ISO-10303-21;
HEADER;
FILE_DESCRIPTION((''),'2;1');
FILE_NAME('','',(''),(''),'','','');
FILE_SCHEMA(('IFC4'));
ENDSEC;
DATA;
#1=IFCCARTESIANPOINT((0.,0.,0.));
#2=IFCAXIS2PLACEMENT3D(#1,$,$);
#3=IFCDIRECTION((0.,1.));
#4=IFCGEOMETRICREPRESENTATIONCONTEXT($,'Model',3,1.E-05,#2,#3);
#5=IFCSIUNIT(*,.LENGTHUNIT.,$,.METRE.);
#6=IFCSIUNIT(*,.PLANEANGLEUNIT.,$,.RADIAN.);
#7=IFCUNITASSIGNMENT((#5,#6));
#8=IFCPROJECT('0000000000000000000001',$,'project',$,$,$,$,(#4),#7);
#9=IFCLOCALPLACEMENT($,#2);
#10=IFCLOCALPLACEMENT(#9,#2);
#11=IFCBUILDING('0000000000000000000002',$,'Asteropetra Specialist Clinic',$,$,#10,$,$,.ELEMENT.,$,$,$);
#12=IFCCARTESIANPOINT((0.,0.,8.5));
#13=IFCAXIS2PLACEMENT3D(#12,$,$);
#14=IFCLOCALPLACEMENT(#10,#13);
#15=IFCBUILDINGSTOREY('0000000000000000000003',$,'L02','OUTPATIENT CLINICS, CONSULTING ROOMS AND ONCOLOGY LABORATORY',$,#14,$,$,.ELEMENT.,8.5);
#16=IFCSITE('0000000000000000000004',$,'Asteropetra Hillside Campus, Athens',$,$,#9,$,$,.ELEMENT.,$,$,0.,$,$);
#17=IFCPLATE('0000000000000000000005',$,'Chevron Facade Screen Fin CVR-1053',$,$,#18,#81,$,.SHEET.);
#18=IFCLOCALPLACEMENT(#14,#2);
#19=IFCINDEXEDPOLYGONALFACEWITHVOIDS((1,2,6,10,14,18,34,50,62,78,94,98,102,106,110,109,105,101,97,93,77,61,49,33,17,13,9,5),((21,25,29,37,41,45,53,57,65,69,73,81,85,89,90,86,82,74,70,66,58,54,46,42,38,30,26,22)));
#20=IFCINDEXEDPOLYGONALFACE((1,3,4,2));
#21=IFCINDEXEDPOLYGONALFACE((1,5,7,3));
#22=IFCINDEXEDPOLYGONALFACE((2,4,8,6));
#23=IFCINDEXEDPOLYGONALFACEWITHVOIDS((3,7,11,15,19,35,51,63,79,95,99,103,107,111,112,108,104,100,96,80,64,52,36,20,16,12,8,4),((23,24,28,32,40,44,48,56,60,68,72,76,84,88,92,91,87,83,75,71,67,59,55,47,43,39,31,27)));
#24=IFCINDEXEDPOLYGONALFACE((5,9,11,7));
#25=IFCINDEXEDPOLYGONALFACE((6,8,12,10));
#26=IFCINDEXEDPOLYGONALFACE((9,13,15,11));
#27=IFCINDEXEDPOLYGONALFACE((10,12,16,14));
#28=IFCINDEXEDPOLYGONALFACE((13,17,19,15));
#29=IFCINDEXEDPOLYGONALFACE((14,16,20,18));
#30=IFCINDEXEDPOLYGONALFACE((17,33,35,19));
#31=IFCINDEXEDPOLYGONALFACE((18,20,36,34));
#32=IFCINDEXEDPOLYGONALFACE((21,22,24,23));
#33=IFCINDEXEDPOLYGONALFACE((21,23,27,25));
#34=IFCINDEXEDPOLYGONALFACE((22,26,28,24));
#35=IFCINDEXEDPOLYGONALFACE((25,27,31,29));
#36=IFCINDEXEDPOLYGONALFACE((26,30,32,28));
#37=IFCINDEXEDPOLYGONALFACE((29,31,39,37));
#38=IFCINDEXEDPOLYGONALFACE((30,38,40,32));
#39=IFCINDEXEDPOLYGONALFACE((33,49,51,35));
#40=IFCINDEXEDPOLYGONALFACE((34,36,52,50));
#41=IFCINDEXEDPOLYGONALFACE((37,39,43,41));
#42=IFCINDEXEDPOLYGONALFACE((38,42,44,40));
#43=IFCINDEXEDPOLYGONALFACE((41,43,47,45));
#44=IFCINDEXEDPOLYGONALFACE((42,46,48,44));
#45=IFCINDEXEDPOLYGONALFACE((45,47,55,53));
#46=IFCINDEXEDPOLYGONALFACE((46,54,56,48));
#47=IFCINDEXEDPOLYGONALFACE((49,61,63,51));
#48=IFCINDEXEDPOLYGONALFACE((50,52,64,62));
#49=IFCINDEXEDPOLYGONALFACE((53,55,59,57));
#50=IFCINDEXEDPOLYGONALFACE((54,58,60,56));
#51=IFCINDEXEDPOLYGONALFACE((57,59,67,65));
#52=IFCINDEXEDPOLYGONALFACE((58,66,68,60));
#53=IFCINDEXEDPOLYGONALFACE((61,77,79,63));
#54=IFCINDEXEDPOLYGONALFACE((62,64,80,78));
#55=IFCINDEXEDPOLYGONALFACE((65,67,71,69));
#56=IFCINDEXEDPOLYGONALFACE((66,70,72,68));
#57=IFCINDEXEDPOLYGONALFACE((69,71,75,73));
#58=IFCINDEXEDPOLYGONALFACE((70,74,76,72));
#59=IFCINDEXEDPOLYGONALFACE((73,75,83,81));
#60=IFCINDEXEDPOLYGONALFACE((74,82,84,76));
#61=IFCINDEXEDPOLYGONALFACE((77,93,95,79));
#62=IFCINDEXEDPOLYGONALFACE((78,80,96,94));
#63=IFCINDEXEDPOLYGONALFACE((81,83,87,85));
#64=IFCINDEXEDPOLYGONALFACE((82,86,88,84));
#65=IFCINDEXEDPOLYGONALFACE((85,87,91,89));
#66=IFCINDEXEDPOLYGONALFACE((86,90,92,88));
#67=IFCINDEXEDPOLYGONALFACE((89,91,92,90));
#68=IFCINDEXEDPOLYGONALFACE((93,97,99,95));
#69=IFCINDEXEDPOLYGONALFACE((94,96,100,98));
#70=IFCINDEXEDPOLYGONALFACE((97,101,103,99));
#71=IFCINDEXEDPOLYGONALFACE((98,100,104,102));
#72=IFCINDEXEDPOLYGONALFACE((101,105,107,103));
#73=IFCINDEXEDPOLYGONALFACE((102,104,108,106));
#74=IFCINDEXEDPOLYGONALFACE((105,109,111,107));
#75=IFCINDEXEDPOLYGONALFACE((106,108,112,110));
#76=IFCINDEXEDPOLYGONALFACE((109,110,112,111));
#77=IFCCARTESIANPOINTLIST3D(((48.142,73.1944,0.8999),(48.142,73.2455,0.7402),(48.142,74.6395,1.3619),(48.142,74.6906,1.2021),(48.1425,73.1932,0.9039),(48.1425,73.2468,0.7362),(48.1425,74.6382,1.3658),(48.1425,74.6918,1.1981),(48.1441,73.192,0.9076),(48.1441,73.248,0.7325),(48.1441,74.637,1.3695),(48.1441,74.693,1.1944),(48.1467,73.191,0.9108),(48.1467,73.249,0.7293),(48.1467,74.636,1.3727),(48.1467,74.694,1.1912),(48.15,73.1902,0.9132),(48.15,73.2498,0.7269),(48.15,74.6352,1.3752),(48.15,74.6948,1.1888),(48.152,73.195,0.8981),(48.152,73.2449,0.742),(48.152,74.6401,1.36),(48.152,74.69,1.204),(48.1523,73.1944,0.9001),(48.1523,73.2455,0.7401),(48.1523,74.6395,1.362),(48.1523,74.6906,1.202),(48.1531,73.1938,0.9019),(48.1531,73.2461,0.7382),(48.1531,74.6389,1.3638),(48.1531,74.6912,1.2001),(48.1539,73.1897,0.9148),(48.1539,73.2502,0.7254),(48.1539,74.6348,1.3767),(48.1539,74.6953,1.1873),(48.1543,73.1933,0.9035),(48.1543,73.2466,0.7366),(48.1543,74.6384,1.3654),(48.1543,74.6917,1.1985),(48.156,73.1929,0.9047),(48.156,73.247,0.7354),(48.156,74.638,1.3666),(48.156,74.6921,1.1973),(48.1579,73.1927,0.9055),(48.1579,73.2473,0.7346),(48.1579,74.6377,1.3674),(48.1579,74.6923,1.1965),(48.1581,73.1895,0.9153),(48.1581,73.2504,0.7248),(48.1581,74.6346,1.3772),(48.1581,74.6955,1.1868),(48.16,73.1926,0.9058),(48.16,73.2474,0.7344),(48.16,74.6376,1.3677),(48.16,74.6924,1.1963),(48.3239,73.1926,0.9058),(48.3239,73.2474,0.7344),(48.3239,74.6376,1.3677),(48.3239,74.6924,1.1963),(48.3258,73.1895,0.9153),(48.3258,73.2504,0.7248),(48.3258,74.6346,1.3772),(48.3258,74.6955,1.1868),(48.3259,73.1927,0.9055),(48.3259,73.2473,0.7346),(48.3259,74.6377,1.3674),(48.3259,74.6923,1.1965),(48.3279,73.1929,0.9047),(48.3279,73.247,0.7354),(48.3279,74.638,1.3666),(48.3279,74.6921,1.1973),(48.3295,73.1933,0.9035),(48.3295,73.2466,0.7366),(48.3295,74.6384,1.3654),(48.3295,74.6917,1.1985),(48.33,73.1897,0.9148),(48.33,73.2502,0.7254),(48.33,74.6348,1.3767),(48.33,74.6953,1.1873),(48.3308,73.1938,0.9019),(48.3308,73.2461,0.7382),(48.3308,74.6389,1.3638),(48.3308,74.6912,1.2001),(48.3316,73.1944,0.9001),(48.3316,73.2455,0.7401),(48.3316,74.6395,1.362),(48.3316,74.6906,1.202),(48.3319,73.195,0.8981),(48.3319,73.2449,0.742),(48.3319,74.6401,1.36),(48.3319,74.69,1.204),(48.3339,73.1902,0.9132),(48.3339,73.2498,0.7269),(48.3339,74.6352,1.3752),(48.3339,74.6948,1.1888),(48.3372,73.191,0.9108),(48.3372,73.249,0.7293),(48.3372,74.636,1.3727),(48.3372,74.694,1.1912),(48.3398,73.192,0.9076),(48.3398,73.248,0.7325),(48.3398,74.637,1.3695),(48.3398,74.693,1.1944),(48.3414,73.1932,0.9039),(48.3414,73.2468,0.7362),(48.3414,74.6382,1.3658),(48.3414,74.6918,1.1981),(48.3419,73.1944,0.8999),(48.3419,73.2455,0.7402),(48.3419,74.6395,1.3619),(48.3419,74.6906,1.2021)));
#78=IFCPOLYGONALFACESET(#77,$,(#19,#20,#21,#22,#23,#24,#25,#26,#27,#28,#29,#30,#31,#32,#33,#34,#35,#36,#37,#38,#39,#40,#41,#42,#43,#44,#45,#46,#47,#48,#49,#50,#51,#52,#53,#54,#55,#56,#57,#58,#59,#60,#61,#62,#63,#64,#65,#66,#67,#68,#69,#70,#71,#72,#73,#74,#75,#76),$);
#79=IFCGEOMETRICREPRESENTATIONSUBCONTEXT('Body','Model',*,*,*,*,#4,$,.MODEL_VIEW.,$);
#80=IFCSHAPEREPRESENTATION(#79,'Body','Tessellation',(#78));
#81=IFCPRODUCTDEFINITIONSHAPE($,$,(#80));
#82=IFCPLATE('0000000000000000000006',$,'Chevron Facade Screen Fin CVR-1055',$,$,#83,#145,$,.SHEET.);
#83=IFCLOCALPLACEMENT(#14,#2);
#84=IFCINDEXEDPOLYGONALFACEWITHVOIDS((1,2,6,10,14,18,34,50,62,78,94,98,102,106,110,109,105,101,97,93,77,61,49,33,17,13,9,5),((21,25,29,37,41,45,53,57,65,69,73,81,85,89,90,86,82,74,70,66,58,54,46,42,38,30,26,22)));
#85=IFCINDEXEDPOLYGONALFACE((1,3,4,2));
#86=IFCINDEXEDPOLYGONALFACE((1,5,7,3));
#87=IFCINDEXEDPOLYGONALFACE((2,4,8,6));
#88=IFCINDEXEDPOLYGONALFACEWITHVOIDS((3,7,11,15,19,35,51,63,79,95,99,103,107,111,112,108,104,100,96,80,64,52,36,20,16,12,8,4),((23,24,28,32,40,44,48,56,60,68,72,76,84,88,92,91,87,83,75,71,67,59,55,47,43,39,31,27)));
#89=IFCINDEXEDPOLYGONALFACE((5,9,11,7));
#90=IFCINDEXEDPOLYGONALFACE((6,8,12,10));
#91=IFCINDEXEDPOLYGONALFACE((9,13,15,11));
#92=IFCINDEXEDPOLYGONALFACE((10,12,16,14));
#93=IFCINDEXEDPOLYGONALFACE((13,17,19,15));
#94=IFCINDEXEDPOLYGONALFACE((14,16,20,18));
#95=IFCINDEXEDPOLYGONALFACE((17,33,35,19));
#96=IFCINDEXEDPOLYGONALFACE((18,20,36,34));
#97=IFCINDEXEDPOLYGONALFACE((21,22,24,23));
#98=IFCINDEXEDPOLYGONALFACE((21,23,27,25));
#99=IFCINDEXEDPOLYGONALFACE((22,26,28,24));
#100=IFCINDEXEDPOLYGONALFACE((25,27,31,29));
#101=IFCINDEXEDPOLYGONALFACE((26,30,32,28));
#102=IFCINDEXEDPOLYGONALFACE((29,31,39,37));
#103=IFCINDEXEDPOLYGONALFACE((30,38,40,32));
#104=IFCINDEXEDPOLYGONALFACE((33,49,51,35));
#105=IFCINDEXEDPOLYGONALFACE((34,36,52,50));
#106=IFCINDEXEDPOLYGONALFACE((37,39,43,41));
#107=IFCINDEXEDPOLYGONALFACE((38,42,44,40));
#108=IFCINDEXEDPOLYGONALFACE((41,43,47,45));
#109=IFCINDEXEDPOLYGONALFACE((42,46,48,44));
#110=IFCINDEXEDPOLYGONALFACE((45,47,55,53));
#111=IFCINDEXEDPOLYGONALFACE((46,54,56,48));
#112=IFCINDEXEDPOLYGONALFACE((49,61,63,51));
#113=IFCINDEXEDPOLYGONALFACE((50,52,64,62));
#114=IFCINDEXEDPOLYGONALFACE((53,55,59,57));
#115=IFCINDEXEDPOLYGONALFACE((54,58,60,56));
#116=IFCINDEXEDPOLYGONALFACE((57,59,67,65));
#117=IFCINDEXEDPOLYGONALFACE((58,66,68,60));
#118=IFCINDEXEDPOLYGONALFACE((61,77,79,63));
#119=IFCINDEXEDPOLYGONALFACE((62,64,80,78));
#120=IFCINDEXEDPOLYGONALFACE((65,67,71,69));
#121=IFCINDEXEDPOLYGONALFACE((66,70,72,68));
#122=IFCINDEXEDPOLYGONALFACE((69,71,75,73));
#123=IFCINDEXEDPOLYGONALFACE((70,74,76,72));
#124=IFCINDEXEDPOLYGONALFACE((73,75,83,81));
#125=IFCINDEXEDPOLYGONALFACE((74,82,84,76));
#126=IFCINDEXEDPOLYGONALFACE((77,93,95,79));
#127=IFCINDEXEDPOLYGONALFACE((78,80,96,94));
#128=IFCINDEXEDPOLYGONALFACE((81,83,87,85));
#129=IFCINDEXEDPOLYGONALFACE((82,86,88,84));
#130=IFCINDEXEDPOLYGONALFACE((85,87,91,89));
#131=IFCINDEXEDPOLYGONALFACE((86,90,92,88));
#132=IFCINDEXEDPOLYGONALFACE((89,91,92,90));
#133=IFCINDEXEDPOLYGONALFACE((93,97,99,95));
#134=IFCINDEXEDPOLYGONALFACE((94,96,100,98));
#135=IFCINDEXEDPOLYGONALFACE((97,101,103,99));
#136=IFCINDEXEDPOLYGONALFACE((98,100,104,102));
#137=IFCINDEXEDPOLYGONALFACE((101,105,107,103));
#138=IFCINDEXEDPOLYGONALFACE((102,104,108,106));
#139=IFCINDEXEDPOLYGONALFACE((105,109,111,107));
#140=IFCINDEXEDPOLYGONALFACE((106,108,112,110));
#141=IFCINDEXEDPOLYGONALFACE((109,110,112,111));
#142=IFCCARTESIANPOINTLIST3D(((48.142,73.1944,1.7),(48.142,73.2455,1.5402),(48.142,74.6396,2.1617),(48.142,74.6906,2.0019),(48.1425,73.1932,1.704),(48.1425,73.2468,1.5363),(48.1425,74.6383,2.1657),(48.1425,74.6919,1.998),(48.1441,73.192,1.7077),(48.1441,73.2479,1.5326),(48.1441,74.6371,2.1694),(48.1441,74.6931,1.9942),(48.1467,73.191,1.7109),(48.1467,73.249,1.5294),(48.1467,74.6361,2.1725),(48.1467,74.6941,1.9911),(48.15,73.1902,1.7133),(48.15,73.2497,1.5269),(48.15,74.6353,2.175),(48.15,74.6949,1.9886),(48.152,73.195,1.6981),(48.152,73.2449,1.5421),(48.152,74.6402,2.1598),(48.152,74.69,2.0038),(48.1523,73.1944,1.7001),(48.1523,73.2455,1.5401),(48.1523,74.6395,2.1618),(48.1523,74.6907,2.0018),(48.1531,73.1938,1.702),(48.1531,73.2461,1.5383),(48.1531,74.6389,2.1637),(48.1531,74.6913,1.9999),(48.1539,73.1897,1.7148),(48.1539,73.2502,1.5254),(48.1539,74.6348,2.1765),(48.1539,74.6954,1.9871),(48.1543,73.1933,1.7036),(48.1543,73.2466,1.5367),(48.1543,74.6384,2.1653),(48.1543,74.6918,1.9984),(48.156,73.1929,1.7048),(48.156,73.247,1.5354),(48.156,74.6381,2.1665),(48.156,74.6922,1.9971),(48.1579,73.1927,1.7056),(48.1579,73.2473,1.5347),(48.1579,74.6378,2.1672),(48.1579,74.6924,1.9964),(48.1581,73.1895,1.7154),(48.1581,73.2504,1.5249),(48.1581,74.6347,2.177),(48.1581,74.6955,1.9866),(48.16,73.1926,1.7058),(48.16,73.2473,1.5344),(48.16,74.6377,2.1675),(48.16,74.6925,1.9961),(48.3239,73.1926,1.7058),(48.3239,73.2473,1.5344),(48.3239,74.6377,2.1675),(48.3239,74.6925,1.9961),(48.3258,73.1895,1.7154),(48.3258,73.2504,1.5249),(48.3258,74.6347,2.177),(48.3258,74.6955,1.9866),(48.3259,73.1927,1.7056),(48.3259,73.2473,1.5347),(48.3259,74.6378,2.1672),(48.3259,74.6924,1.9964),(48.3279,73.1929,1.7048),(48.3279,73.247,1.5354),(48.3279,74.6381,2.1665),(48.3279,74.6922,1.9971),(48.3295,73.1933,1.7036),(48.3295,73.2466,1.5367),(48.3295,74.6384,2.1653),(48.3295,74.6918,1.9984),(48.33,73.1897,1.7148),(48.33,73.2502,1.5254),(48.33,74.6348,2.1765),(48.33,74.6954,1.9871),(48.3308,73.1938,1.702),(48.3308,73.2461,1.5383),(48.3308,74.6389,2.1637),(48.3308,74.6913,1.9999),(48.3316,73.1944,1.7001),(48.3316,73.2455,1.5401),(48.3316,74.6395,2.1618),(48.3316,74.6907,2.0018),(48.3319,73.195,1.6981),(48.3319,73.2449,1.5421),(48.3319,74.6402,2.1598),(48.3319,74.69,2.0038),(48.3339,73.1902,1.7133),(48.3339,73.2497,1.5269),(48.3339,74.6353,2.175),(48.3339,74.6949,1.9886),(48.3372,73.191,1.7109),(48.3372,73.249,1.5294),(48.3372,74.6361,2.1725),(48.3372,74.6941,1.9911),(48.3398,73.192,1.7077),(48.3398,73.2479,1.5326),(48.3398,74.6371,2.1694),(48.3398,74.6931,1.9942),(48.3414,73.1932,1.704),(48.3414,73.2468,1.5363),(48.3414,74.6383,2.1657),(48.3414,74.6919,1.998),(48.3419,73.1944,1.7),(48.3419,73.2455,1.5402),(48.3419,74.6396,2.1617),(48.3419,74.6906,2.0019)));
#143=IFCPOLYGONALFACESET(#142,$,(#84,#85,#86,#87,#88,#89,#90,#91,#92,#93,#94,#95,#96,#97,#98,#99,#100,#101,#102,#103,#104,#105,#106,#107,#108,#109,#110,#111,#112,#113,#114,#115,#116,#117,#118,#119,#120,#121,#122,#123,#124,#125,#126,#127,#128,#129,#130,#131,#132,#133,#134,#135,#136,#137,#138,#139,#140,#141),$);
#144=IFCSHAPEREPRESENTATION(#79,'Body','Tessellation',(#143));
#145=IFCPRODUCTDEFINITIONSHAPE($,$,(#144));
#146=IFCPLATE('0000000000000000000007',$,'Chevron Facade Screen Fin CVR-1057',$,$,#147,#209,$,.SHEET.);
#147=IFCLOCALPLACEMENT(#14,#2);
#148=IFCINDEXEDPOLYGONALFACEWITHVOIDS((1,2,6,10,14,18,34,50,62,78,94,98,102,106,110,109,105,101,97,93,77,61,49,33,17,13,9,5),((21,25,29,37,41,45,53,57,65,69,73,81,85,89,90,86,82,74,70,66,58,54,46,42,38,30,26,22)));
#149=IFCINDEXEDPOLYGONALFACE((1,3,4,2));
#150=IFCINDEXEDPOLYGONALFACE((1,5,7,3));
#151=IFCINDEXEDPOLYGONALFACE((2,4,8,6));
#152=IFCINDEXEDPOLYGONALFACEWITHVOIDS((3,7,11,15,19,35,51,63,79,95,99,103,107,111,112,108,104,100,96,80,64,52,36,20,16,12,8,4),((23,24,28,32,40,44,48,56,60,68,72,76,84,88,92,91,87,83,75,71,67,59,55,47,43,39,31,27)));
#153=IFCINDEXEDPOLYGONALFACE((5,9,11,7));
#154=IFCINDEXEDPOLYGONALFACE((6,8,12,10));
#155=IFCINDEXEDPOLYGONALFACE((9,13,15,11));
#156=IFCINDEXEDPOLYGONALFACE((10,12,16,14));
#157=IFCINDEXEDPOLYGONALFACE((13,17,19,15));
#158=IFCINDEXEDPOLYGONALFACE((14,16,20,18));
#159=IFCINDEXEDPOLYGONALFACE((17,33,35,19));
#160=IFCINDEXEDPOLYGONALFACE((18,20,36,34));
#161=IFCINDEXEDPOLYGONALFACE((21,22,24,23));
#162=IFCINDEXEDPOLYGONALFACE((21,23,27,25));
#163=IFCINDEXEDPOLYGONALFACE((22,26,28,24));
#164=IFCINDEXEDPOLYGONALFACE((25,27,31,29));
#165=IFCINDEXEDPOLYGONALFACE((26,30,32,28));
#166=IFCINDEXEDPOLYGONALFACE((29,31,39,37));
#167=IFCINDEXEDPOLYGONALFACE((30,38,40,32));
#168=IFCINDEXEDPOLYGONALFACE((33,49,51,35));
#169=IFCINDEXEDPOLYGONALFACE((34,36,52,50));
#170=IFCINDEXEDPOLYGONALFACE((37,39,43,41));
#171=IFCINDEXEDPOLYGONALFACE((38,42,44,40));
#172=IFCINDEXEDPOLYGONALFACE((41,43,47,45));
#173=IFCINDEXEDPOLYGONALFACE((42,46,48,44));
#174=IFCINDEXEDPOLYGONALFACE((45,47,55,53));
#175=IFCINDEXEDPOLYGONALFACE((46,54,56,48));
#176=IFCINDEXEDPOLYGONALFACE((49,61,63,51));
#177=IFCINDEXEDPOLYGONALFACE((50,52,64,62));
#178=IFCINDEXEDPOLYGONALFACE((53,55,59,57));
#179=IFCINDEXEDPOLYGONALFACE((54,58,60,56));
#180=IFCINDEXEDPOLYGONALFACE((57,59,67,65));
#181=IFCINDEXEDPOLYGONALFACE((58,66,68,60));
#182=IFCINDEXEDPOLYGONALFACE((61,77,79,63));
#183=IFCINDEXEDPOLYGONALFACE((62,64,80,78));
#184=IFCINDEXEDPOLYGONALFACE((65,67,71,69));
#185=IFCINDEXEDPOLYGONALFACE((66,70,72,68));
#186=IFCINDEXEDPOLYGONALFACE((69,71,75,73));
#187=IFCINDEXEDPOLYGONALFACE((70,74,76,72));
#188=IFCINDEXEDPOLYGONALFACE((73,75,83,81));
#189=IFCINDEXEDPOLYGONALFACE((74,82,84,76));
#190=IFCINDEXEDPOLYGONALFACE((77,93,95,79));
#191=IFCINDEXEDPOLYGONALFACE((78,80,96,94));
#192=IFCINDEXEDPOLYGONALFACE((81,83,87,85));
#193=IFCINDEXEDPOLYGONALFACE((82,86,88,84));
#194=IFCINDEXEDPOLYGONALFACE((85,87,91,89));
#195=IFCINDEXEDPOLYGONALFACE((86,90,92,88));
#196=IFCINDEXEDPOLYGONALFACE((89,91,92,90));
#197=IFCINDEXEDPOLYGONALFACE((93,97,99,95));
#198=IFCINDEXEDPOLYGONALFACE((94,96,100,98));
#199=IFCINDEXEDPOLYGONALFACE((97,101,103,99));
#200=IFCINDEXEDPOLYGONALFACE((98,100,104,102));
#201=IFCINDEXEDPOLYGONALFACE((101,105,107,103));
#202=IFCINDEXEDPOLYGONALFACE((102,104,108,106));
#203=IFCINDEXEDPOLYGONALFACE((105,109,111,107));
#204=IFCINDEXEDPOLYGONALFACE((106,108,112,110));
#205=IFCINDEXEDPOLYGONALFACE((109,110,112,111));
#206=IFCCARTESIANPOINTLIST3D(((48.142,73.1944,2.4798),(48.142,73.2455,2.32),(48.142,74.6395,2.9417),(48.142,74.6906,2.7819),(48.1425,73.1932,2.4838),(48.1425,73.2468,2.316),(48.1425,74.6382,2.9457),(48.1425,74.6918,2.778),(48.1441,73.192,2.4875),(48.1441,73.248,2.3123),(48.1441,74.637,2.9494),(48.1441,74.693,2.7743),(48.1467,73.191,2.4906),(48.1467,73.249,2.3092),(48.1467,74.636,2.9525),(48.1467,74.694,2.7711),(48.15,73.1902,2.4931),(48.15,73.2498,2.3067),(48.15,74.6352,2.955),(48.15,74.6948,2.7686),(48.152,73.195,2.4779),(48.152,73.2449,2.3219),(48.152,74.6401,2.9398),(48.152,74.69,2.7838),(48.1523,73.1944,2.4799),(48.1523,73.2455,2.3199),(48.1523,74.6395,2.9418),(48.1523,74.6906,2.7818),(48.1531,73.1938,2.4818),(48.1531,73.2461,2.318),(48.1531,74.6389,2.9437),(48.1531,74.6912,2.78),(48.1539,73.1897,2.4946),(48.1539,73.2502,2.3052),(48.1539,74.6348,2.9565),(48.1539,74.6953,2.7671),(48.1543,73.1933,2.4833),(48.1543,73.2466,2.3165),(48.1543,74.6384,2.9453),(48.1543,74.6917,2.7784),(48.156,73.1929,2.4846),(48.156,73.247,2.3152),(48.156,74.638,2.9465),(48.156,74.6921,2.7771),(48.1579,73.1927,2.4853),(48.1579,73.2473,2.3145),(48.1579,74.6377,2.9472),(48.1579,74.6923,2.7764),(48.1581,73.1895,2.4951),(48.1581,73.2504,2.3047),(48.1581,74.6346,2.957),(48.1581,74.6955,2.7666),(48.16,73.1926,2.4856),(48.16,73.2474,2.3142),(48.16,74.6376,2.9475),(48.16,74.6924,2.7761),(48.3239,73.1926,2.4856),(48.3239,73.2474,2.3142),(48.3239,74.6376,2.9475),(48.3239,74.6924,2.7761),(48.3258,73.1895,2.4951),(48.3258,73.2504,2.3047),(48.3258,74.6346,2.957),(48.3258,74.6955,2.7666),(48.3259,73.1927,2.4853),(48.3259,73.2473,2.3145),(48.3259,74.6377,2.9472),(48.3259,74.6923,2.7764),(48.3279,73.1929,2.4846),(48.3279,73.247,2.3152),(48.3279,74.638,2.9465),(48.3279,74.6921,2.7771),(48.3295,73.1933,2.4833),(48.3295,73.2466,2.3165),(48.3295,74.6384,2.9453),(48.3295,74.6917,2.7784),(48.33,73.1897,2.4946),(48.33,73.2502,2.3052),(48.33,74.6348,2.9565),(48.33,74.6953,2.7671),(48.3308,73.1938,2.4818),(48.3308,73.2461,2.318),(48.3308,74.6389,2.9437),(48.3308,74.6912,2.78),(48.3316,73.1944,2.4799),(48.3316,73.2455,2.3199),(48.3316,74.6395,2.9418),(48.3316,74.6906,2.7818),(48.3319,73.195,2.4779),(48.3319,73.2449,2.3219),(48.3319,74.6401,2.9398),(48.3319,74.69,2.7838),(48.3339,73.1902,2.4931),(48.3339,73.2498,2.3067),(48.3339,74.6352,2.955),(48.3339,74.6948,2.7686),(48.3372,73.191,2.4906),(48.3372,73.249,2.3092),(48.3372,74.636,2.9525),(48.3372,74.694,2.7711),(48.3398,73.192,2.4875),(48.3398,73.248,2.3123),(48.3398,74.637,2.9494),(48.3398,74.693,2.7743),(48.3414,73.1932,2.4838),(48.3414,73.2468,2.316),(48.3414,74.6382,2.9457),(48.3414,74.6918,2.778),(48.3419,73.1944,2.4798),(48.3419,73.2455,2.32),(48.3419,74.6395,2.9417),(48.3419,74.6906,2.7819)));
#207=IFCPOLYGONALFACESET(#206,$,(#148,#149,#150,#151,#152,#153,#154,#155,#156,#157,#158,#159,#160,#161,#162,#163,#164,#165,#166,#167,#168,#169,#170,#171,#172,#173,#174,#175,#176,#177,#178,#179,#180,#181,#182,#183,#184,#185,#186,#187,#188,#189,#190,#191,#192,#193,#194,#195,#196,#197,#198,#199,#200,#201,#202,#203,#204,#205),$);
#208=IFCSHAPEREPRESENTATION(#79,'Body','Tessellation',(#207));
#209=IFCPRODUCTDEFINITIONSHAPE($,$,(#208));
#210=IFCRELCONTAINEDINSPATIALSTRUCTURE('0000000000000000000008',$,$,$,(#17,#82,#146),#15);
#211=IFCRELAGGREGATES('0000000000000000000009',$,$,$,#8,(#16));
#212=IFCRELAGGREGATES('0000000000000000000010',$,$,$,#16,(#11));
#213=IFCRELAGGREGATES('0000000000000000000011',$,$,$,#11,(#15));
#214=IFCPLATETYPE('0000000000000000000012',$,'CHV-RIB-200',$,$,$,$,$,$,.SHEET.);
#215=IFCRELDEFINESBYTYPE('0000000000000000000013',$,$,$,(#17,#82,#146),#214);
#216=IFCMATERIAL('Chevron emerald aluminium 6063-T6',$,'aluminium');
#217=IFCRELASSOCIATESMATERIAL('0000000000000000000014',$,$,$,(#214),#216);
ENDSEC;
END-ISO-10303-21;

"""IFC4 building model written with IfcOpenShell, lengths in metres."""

from ifc_helpers import new_model, si_unit, direction, frame, origin, origin_2d, place, context, subcontext, project, spatial, hollow_rectangle, extrude, material, material_profile, profile_set, type_object, element, save


model = new_model("IFC4")

# Units and contexts
model_context = context("Model", 3, precision=1e-05, world=origin(), true_north=direction((0.0, 1.0)))
body_context = subcontext(model_context, "Body", "Model", "MODEL_VIEW")
ifc_project = project(units=[si_unit("LENGTHUNIT", "METRE"), si_unit("PLANEANGLEUNIT", "RADIAN")], contexts=[model_context])

# Site, building, storey
site_placement = place(None, origin())
site = spatial("IfcSite", under=ifc_project, at=site_placement, Name="Asteropetra Hillside Campus, Athens", CompositionType="ELEMENT", RefElevation=0.0)
building_placement = place(site_placement, origin())
building = spatial("IfcBuilding", under=site, at=building_placement, Name="Asteropetra Specialist Clinic", CompositionType="ELEMENT")
storey_placement = place(building_placement, frame((0.0, 0.0, 8.5)))
storey = spatial("IfcBuildingStorey", under=building, at=storey_placement, Name="L02", Description="OUTPATIENT CLINICS, CONSULTING ROOMS AND ONCOLOGY LABORATORY", CompositionType="ELEMENT", Elevation=8.5)

# Plates
ifc_material_1 = material(Name="Chevron emerald aluminium 6063-T6", Category="aluminium")
ifc_material_profile_1 = material_profile(ifc_material_1, hollow_rectangle(XDim=0.2, YDim=0.2, WallThickness=0.01, InnerFilletRadius=0.0081, OuterFilletRadius=0.0161, at=origin_2d()), Name="SHS 200x200x10.0")
ifc_profile_set_1 = profile_set([ifc_material_profile_1], Name="Chevron emerald aluminium 6063-T6")
plate_type_1 = type_object("IfcPlateType", Name="CHV-RIB-200", PredefinedType="SHEET", material=ifc_profile_set_1)
for number, where, z_axis, x_axis, name in (
    (1, (48.2419, 73.22, 0.8201), (0.0, 0.952521, 0.304472), (-1.0, 0.0, 0.0), "Chevron Facade Screen Fin CVR-1053"),
    (2, (48.2419, 73.22, 1.6201), (0.0, 0.952568, 0.304326), (-1.0, 0.0, 0.0), "Chevron Facade Screen Fin CVR-1055"),
    (3, (48.2419, 73.22, 2.3999), (0.0, 0.952521, 0.304472), (-1.0, 0.0, 0.0), "Chevron Facade Screen Fin CVR-1057"),
):
    element("IfcPlate", number, at=place(storey_placement, frame(where, z_axis=z_axis, x_axis=x_axis)), inside=storey, type_object=plate_type_1, Name=name, PredefinedType="SHEET", context=body_context, shape_type="SweptSolid", body=[
        extrude(hollow_rectangle(XDim=0.2, YDim=0.2, WallThickness=0.01, InnerFilletRadius=0.0081, OuterFilletRadius=0.0161, at=origin_2d()), origin(), (0.0, 0.0, 1.0), 1.5171),
    ])

save(model, "model.ifc")
